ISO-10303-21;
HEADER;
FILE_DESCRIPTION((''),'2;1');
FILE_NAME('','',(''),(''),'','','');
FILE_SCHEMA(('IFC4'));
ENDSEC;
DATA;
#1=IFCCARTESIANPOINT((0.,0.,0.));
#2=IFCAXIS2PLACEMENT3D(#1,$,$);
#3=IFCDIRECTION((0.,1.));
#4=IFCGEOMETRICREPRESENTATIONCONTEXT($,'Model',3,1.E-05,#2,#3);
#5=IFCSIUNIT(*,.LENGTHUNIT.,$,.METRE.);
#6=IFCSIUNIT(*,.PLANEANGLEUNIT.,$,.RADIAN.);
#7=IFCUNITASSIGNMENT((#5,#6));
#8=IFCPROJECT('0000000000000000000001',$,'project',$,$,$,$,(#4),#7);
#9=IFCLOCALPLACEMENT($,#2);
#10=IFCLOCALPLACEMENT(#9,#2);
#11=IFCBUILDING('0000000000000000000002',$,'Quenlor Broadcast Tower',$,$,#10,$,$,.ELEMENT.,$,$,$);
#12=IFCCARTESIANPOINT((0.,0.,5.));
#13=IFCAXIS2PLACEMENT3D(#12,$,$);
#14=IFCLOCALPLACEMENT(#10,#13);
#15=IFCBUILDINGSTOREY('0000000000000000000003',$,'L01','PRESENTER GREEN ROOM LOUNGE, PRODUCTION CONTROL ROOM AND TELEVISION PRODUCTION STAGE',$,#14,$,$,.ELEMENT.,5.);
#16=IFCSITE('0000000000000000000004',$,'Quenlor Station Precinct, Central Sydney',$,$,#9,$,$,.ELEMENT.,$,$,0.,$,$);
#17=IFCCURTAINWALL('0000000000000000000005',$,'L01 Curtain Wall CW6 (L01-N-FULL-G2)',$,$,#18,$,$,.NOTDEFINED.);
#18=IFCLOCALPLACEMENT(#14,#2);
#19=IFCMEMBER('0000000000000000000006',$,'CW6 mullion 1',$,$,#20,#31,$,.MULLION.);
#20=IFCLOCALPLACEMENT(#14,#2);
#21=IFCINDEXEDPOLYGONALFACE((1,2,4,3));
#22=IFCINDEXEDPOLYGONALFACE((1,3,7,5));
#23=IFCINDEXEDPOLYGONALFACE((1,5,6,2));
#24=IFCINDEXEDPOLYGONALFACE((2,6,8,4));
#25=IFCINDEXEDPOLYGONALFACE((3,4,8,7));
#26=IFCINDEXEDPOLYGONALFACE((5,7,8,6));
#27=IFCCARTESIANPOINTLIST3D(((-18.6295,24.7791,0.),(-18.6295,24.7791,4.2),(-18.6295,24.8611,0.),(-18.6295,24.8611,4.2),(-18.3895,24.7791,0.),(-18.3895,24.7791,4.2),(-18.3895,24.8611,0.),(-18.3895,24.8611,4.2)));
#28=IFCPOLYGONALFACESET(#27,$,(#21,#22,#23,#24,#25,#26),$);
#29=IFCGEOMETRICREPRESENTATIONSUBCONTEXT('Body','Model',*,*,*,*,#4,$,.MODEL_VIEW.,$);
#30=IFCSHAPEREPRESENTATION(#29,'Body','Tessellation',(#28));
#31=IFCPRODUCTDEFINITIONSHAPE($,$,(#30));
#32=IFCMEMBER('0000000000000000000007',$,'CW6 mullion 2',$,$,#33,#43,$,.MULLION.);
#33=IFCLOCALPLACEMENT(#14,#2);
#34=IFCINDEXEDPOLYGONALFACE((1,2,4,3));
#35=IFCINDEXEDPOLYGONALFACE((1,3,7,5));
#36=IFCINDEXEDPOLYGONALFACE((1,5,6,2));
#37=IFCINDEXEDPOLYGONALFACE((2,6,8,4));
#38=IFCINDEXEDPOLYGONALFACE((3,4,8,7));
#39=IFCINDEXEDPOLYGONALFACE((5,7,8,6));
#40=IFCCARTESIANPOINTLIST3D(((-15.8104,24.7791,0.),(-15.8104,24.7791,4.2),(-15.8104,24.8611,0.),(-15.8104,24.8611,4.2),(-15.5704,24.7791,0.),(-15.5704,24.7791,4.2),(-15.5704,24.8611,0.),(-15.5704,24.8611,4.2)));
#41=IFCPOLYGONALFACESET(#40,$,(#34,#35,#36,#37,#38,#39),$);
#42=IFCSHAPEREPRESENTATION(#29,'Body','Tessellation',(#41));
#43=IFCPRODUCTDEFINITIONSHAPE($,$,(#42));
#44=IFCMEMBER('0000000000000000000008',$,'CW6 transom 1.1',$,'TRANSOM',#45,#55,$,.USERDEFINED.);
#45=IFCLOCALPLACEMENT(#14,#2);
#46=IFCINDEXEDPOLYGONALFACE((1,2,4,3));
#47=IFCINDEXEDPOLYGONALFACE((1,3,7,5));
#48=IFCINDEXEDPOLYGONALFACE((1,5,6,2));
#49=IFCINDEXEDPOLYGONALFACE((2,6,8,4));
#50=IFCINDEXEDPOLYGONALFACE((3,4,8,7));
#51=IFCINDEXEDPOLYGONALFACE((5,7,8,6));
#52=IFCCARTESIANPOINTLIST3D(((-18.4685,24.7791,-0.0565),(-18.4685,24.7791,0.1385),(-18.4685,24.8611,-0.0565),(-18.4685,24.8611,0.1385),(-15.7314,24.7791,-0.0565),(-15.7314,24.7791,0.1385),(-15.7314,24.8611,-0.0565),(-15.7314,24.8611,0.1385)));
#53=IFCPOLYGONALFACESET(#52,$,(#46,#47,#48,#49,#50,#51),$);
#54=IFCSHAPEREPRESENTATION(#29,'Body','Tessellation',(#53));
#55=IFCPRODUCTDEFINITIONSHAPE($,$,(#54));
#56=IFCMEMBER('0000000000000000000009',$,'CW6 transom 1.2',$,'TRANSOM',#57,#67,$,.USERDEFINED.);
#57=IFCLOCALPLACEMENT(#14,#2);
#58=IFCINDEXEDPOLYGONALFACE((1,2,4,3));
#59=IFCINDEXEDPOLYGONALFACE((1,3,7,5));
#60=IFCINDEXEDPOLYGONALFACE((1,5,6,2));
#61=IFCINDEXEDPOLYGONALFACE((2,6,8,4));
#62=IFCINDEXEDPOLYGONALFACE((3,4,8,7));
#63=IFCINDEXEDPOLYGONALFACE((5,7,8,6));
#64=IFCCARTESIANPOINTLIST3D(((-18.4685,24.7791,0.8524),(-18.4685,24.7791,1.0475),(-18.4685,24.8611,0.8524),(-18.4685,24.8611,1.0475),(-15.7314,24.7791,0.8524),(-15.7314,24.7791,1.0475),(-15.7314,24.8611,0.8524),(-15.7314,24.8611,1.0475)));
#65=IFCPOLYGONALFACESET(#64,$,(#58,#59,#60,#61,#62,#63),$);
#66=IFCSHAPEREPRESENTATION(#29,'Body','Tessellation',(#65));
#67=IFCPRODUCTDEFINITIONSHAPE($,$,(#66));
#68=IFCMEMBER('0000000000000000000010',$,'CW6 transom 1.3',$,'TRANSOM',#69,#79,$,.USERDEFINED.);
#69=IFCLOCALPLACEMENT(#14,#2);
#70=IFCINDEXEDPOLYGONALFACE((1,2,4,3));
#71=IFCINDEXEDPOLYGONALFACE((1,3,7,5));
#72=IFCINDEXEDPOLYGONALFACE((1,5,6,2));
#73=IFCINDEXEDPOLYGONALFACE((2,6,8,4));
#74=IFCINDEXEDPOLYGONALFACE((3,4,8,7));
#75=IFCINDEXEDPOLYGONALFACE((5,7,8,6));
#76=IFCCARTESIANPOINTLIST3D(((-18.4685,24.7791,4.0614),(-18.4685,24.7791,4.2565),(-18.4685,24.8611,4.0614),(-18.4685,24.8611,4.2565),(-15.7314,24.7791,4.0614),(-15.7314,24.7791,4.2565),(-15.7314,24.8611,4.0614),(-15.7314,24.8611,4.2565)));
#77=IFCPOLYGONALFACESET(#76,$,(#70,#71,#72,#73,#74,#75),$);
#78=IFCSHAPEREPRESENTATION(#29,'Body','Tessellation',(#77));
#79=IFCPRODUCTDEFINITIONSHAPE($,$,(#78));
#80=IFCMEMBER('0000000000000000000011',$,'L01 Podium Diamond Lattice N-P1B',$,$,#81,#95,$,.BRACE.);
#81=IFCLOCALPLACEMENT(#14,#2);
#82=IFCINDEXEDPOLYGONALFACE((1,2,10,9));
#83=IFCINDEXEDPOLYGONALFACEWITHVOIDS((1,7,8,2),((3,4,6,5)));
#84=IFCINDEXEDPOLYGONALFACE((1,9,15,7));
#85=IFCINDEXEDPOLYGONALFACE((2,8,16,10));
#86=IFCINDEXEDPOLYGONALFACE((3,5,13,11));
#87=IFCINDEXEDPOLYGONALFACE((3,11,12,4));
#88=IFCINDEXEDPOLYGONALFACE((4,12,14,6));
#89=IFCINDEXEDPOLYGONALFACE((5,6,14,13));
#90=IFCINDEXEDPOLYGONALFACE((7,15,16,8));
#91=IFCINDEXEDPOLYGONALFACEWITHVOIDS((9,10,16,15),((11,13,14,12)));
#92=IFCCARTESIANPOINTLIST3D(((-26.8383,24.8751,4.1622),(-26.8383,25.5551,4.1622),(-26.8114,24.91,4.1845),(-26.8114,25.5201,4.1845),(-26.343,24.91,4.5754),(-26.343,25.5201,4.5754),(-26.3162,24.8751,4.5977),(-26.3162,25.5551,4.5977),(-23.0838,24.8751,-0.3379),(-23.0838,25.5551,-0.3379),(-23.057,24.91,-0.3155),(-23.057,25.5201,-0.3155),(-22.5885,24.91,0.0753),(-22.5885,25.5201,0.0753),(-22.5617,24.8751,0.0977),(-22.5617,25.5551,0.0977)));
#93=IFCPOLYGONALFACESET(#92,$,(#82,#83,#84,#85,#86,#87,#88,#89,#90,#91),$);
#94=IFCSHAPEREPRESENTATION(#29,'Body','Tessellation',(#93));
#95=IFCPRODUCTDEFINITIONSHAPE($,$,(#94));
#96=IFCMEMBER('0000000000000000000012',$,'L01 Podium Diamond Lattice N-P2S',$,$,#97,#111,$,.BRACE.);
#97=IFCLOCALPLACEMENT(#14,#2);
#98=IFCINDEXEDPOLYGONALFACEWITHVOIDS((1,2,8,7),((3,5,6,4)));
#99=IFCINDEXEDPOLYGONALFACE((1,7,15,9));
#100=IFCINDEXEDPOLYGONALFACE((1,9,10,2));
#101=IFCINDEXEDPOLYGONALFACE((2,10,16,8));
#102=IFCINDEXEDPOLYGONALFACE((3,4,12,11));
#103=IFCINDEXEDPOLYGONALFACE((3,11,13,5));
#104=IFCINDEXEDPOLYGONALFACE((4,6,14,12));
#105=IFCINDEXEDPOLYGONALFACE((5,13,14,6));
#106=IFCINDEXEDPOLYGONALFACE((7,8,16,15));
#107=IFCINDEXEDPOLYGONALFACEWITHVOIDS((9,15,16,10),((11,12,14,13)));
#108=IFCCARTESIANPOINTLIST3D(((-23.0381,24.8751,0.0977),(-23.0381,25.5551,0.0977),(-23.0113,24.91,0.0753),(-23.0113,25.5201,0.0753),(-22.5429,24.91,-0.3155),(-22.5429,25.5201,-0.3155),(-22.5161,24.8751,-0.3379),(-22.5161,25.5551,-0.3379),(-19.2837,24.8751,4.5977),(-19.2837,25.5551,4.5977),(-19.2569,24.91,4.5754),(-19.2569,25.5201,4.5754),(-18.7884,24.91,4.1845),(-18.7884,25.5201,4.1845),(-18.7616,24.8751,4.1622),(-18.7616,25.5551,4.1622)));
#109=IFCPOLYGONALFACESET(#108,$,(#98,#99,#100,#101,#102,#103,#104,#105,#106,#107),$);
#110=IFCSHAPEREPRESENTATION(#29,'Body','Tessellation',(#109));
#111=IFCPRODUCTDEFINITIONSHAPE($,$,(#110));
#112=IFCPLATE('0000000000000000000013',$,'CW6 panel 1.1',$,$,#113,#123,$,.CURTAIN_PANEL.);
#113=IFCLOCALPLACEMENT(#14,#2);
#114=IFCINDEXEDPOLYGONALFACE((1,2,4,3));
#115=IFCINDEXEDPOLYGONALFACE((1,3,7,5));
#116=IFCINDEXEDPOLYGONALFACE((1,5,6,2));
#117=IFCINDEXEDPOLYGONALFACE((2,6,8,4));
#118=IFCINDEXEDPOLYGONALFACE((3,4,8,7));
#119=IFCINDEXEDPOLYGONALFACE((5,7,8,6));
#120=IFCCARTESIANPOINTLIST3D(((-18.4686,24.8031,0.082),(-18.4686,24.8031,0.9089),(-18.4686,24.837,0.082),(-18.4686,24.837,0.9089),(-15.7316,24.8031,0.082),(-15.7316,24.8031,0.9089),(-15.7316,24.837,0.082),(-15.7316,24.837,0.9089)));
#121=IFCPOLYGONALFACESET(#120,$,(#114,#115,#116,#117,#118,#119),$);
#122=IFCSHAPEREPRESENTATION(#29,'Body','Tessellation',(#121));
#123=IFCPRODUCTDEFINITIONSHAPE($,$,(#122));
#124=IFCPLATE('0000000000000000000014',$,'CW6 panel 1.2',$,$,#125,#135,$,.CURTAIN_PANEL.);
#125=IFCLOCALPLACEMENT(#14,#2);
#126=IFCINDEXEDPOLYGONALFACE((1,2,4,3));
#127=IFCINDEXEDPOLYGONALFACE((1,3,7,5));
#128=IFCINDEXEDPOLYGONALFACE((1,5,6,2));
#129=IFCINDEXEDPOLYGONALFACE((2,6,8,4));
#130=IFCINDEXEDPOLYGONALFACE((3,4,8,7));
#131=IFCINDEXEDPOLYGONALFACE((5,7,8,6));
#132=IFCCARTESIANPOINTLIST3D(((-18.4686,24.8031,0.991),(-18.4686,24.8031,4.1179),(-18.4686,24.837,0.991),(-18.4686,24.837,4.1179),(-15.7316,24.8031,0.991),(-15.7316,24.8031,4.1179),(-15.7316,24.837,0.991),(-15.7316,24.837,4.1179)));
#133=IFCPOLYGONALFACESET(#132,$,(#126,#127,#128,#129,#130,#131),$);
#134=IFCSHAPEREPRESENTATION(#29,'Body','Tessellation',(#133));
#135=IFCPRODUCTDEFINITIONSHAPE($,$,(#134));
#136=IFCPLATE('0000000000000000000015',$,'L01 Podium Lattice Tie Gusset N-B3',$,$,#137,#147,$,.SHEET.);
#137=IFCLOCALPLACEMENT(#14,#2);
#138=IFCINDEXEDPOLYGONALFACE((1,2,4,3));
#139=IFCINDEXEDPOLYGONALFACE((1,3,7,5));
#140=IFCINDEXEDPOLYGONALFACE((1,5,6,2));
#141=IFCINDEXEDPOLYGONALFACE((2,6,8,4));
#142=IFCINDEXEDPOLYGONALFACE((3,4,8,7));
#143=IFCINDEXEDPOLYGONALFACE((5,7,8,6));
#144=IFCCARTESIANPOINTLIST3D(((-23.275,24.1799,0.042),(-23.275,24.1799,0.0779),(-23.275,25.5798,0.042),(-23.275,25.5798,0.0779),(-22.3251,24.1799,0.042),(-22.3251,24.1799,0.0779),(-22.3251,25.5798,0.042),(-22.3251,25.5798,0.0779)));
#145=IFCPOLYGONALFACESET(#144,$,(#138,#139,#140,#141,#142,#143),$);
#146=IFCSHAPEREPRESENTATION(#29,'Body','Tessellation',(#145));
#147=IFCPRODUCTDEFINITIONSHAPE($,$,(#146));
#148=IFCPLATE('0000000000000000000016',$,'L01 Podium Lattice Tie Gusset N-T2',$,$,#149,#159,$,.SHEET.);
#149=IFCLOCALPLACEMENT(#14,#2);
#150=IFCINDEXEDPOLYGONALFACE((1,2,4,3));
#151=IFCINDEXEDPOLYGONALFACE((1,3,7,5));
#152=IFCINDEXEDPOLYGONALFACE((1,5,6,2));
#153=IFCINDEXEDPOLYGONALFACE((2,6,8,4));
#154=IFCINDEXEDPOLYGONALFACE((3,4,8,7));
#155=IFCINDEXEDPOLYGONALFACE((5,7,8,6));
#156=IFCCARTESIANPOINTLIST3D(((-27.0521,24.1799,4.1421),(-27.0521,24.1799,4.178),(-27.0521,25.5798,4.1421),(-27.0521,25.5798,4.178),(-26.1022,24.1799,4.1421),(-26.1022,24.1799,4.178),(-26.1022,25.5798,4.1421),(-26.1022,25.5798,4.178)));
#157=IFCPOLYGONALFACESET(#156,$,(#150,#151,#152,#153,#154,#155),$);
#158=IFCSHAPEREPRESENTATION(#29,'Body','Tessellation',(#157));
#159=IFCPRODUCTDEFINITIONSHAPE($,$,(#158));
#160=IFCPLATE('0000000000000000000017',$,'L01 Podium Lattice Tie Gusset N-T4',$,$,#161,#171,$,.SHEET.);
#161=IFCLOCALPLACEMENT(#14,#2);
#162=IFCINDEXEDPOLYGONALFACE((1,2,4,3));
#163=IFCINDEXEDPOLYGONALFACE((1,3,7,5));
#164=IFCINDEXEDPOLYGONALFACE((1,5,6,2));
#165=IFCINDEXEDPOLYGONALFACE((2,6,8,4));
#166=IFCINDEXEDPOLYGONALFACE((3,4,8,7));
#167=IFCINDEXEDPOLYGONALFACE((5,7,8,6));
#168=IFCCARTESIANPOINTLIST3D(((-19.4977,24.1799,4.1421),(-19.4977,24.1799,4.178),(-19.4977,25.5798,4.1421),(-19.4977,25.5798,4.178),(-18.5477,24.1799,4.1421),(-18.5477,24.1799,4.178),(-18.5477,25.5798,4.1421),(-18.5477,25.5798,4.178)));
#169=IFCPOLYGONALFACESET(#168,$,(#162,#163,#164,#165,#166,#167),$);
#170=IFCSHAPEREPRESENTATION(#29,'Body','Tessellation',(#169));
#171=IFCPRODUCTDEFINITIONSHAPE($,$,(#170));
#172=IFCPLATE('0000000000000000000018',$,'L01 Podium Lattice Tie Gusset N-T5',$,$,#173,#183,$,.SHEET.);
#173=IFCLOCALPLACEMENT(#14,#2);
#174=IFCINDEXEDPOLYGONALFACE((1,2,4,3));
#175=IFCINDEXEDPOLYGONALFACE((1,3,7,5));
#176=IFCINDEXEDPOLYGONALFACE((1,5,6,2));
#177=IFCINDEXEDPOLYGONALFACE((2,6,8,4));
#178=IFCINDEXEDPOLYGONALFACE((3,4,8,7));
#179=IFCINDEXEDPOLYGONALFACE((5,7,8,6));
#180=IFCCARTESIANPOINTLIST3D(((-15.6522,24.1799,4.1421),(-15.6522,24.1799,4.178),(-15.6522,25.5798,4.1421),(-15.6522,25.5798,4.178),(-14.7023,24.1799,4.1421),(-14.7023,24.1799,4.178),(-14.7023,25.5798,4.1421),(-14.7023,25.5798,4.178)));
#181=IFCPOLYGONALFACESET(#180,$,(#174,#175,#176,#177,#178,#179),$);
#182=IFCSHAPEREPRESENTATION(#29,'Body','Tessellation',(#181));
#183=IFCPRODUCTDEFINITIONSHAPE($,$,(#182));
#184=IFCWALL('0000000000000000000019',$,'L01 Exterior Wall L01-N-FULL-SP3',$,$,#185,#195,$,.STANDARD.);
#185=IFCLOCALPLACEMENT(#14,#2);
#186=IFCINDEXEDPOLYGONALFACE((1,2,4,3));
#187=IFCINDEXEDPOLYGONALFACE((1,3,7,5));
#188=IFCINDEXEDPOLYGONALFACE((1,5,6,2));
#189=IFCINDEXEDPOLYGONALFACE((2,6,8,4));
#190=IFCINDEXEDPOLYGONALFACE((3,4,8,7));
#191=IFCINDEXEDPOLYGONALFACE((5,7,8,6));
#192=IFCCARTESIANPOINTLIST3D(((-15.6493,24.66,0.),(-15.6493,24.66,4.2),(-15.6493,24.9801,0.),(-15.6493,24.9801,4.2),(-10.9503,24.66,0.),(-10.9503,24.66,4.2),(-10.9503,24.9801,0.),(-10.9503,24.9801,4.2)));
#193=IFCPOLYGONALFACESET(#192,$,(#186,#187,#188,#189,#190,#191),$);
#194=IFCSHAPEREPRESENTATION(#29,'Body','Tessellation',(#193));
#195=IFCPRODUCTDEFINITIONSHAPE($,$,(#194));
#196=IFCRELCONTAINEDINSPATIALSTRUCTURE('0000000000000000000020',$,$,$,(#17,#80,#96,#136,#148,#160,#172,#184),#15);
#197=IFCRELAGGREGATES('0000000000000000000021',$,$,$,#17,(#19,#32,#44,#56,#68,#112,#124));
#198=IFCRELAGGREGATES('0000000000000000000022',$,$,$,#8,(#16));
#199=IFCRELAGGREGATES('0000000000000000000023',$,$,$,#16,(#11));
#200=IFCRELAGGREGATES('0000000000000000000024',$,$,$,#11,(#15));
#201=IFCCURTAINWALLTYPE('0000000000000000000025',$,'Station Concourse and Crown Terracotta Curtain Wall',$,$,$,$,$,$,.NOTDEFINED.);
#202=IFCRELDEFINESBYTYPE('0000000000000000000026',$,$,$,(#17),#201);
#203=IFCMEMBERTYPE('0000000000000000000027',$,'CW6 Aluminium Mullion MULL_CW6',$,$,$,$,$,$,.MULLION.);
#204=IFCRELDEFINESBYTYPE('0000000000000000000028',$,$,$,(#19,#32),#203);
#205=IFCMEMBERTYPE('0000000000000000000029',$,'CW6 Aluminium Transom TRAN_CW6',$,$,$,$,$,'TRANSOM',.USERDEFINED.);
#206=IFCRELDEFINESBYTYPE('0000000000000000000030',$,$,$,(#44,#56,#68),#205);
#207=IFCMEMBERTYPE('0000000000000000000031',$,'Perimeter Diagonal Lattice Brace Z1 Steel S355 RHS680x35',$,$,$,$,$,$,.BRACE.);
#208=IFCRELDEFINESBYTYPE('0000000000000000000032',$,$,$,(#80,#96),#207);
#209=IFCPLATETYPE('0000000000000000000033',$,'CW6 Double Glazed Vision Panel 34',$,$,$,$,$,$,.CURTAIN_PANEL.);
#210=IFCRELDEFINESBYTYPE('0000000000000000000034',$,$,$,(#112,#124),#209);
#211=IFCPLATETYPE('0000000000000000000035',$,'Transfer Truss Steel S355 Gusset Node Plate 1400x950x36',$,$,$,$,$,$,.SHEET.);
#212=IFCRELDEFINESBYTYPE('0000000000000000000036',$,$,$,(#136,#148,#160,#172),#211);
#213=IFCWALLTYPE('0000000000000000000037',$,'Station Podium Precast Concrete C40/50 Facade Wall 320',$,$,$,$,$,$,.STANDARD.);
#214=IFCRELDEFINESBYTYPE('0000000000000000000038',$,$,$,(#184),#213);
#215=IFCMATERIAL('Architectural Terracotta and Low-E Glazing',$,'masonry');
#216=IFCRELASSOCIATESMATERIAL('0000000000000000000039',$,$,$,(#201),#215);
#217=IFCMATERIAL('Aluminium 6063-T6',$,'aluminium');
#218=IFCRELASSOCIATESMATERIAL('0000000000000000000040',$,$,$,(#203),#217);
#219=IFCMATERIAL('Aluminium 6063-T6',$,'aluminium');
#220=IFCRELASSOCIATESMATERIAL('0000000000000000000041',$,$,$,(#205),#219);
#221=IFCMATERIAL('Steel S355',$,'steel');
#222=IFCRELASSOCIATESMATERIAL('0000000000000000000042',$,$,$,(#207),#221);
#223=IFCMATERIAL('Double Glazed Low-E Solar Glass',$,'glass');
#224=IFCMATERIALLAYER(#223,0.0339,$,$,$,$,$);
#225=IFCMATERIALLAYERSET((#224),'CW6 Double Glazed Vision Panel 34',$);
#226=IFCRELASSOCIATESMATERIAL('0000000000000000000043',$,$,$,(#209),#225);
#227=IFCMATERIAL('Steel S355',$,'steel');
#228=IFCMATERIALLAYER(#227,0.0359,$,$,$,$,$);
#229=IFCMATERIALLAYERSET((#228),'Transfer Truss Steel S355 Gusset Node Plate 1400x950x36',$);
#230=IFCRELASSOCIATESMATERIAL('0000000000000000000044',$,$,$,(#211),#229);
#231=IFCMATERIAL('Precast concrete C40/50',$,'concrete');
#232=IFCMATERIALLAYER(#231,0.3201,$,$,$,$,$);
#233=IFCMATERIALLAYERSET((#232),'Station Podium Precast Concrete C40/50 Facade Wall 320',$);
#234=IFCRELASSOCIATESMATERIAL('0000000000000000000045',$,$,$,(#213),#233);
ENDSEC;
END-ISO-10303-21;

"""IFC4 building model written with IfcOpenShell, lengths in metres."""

from ifc_helpers import new_model, si_unit, direction, frame, frame_2d, origin, origin_2d, place, context, subcontext, project, spatial, rectangle, hollow_rectangle, extrude, material, layer, layer_set, material_profile, profile_set, type_object, element, aggregate, save


model = new_model("IFC4")

# Units and contexts
model_context = context("Model", 3, precision=1e-05, world=origin(), true_north=direction((0.0, 1.0)))
body_context = subcontext(model_context, "Body", "Model", "MODEL_VIEW")
ifc_project = project(units=[si_unit("LENGTHUNIT", "METRE"), si_unit("PLANEANGLEUNIT", "RADIAN")], contexts=[model_context])

# Site, building, storey
site_placement = place(None, origin())
site = spatial("IfcSite", under=ifc_project, at=site_placement, Name="Quenlor Station Precinct, Central Sydney", CompositionType="ELEMENT", RefElevation=0.0)
building_placement = place(site_placement, origin())
building = spatial("IfcBuilding", under=site, at=building_placement, Name="Quenlor Broadcast Tower", CompositionType="ELEMENT")
storey_placement = place(building_placement, frame((0.0, 0.0, 5.0)))
storey = spatial("IfcBuildingStorey", under=building, at=storey_placement, Name="L01", Description="PRESENTER GREEN ROOM LOUNGE, PRODUCTION CONTROL ROOM AND TELEVISION PRODUCTION STAGE", CompositionType="ELEMENT", Elevation=5.0)

# Curtain wall, members
ifc_material_1 = material(Name="Architectural Terracotta and Low-E Glazing", Category="masonry")
curtain_wall_type = type_object("IfcCurtainWallType", Name="Station Concourse and Crown Terracotta Curtain Wall", PredefinedType="NOTDEFINED", material=ifc_material_1)
curtain_wall_placement = place(storey_placement, origin())
curtain_wall = element("IfcCurtainWall", 1, at=curtain_wall_placement, inside=storey, type_object=curtain_wall_type, Name="L01 Curtain Wall CW6 (L01-N-FULL-G2)", PredefinedType="NOTDEFINED")
ifc_material_2 = material(Name="Aluminium 6063-T6", Category="aluminium")
ifc_material_profile_1 = material_profile(ifc_material_2, rectangle(XDim=0.082, YDim=0.24, at=origin_2d()))
ifc_profile_set_1 = profile_set([ifc_material_profile_1], Name="Aluminium 6063-T6 MULL82x240")
member_type_1 = type_object("IfcMemberType", Name="CW6 Aluminium Mullion MULL_CW6", PredefinedType="MULLION", material=ifc_profile_set_1)
member_1_placement = place(storey_placement, frame((-18.5095, 24.8201, 0.0), z_axis=(0.0, 0.0, 1.0), x_axis=(0.0, 1.0, 0.0)))
member_1 = element("IfcMember", 2, at=member_1_placement, type_object=member_type_1, Name="CW6 mullion 1", PredefinedType="MULLION", context=body_context, shape_type="SweptSolid", body=[
    extrude(rectangle(XDim=0.082, YDim=0.24, at=origin_2d()), origin(), (0.0, 0.0, 1.0), 4.2),
])
member_2_placement = place(storey_placement, frame((-15.6904, 24.8201, 0.0), z_axis=(0.0, 0.0, 1.0), x_axis=(0.0, 1.0, 0.0)))
member_2 = element("IfcMember", 3, at=member_2_placement, type_object=member_type_1, Name="CW6 mullion 2", PredefinedType="MULLION", context=body_context, shape_type="SweptSolid", body=[
    extrude(rectangle(XDim=0.082, YDim=0.24, at=origin_2d()), origin(), (0.0, 0.0, 1.0), 4.2),
])
ifc_material_3 = material(Name="Aluminium 6063-T6", Category="aluminium")
ifc_material_profile_2 = material_profile(ifc_material_3, rectangle(XDim=0.082, YDim=0.1951, at=origin_2d()))
ifc_profile_set_2 = profile_set([ifc_material_profile_2], Name="Aluminium 6063-T6 TRAN82x195")
member_type_2 = type_object("IfcMemberType", Name="CW6 Aluminium Transom TRAN_CW6", ElementType="TRANSOM", PredefinedType="USERDEFINED", material=ifc_profile_set_2)
member_3_placement = place(storey_placement, frame((-18.4685, 24.8201, 0.041), z_axis=(1.0, 0.0, 0.0), x_axis=(0.0, 1.0, 0.0)))
member_3 = element("IfcMember", 4, at=member_3_placement, type_object=member_type_2, Name="CW6 transom 1.1", ObjectType="TRANSOM", PredefinedType="USERDEFINED", context=body_context, shape_type="SweptSolid", body=[
    extrude(rectangle(XDim=0.082, YDim=0.1951, at=origin_2d()), origin(), (0.0, 0.0, 1.0), 2.7371),
])
member_4_placement = place(storey_placement, frame((-18.4685, 24.8201, 0.95), z_axis=(1.0, 0.0, 0.0), x_axis=(0.0, 1.0, 0.0)))
member_4 = element("IfcMember", 5, at=member_4_placement, type_object=member_type_2, Name="CW6 transom 1.2", ObjectType="TRANSOM", PredefinedType="USERDEFINED", context=body_context, shape_type="SweptSolid", body=[
    extrude(rectangle(XDim=0.082, YDim=0.1951, at=origin_2d()), origin(), (0.0, 0.0, 1.0), 2.7371),
])
member_5_placement = place(storey_placement, frame((-18.4685, 24.8201, 4.1589), z_axis=(1.0, 0.0, 0.0), x_axis=(0.0, 1.0, 0.0)))
member_5 = element("IfcMember", 6, at=member_5_placement, type_object=member_type_2, Name="CW6 transom 1.3", ObjectType="TRANSOM", PredefinedType="USERDEFINED", context=body_context, shape_type="SweptSolid", body=[
    extrude(rectangle(XDim=0.082, YDim=0.1951, at=origin_2d()), origin(), (0.0, 0.0, 1.0), 2.7371),
])

# Members
ifc_material_4 = material(Name="Steel S355", Category="steel")
ifc_material_profile_3 = material_profile(ifc_material_4, hollow_rectangle(XDim=0.6799, YDim=0.6799, WallThickness=0.0349, at=origin_2d()))
ifc_profile_set_3 = profile_set([ifc_material_profile_3], Name="Steel S355 RHS680x680x35")
member_type_3 = type_object("IfcMemberType", Name="Perimeter Diagonal Lattice Brace Z1 Steel S355 RHS680x35", PredefinedType="BRACE", material=ifc_profile_set_3)
for number, where, z_axis, x_axis, name in (
    (7, (-22.8228, 25.2151, -0.1201), (-0.640627, 0.0, 0.767852), (0.0, -1.0, 0.0), "L01 Podium Diamond Lattice N-P1B"),
    (8, (-22.7771, 25.2151, -0.1201), (0.640627, 0.0, 0.767852), (0.0, 1.0, 0.0), "L01 Podium Diamond Lattice N-P2S"),
):
    element("IfcMember", number, at=place(storey_placement, frame(where, z_axis=z_axis, x_axis=x_axis)), inside=storey, type_object=member_type_3, Name=name, PredefinedType="BRACE", context=body_context, shape_type="SweptSolid", body=[
        extrude(hollow_rectangle(XDim=0.6799, YDim=0.6799, WallThickness=0.0349, at=origin_2d()), origin(), (0.0, 0.0, 1.0), 5.8606),
    ])

# Plates
ifc_material_5 = material(Name="Double Glazed Low-E Solar Glass", Category="glass")
ifc_layer_1 = layer(ifc_material_5, 0.0339)
ifc_layer_set_1 = layer_set([ifc_layer_1], Name="CW6 Double Glazed Vision Panel 34")
plate_type_1 = type_object("IfcPlateType", Name="CW6 Double Glazed Vision Panel 34", PredefinedType="CURTAIN_PANEL", material=ifc_layer_set_1)
plate_1_placement = place(storey_placement, frame((-17.1001, 24.8201, 0.082), z_axis=(0.0, 0.0, 1.0), x_axis=(1.0, 0.0, 0.0)))
plate_1 = element("IfcPlate", 9, at=plate_1_placement, type_object=plate_type_1, Name="CW6 panel 1.1", PredefinedType="CURTAIN_PANEL", context=body_context, shape_type="SweptSolid", body=[
    extrude(rectangle(XDim=2.7371, YDim=0.0339, at=origin_2d()), origin(), (0.0, 0.0, 1.0), 0.8269),
])
plate_2_placement = place(storey_placement, frame((-17.1001, 24.8201, 0.991), z_axis=(0.0, 0.0, 1.0), x_axis=(1.0, 0.0, 0.0)))
plate_2 = element("IfcPlate", 10, at=plate_2_placement, type_object=plate_type_1, Name="CW6 panel 1.2", PredefinedType="CURTAIN_PANEL", context=body_context, shape_type="SweptSolid", body=[
    extrude(rectangle(XDim=2.7371, YDim=0.0339, at=origin_2d()), origin(), (0.0, 0.0, 1.0), 3.127),
])
aggregate(curtain_wall, [member_1, member_2, member_3, member_4, member_5, plate_1, plate_2])

# Plates
ifc_material_6 = material(Name="Steel S355", Category="steel")
ifc_layer_2 = layer(ifc_material_6, 0.0359)
ifc_layer_set_2 = layer_set([ifc_layer_2], Name="Transfer Truss Steel S355 Gusset Node Plate 1400x950x36")
plate_type_2 = type_object("IfcPlateType", Name="Transfer Truss Steel S355 Gusset Node Plate 1400x950x36", PredefinedType="SHEET", material=ifc_layer_set_2)
for number, where, z_axis, x_axis, name in (
    (11, (-22.8, 24.8799, 0.042), (0.0, 0.0, 1.0), (0.0, 1.0, 0.0), "L01 Podium Lattice Tie Gusset N-B3"),
    (12, (-26.5771, 24.8799, 4.1421), (0.0, 0.0, 1.0), (0.0, 1.0, 0.0), "L01 Podium Lattice Tie Gusset N-T2"),
    (13, (-19.0227, 24.8799, 4.1421), (0.0, 0.0, 1.0), (0.0, 1.0, 0.0), "L01 Podium Lattice Tie Gusset N-T4"),
    (14, (-15.1772, 24.8799, 4.1421), (0.0, 0.0, 1.0), (0.0, 1.0, 0.0), "L01 Podium Lattice Tie Gusset N-T5"),
):
    element("IfcPlate", number, at=place(storey_placement, frame(where, z_axis=z_axis, x_axis=x_axis)), inside=storey, type_object=plate_type_2, Name=name, PredefinedType="SHEET", context=body_context, shape_type="SweptSolid", body=[
        extrude(rectangle(XDim=1.3999, YDim=0.95, at=origin_2d()), origin(), (0.0, 0.0, 1.0), 0.0359),
    ])

# Wall
ifc_material_7 = material(Name="Precast concrete C40/50", Category="concrete")
ifc_layer_3 = layer(ifc_material_7, 0.3201)
ifc_layer_set_3 = layer_set([ifc_layer_3], Name="Station Podium Precast Concrete C40/50 Facade Wall 320")
wall_type = type_object("IfcWallType", Name="Station Podium Precast Concrete C40/50 Facade Wall 320", PredefinedType="STANDARD", material=ifc_layer_set_3)
wall_placement = place(storey_placement, frame((-15.6494, 24.8201, 0.0), z_axis=(0.0, 0.0, 1.0), x_axis=(1.0, 0.0, 0.0)))
element("IfcWall", 15, at=wall_placement, inside=storey, type_object=wall_type, Name="L01 Exterior Wall L01-N-FULL-SP3", PredefinedType="STANDARD", context=body_context, shape_type="SweptSolid", body=[
    extrude(rectangle(XDim=4.699, YDim=0.3201, at=frame_2d((2.3496, 0.0))), origin(), (0.0, 0.0, 1.0), 4.2),
])

save(model, "model.ifc")
